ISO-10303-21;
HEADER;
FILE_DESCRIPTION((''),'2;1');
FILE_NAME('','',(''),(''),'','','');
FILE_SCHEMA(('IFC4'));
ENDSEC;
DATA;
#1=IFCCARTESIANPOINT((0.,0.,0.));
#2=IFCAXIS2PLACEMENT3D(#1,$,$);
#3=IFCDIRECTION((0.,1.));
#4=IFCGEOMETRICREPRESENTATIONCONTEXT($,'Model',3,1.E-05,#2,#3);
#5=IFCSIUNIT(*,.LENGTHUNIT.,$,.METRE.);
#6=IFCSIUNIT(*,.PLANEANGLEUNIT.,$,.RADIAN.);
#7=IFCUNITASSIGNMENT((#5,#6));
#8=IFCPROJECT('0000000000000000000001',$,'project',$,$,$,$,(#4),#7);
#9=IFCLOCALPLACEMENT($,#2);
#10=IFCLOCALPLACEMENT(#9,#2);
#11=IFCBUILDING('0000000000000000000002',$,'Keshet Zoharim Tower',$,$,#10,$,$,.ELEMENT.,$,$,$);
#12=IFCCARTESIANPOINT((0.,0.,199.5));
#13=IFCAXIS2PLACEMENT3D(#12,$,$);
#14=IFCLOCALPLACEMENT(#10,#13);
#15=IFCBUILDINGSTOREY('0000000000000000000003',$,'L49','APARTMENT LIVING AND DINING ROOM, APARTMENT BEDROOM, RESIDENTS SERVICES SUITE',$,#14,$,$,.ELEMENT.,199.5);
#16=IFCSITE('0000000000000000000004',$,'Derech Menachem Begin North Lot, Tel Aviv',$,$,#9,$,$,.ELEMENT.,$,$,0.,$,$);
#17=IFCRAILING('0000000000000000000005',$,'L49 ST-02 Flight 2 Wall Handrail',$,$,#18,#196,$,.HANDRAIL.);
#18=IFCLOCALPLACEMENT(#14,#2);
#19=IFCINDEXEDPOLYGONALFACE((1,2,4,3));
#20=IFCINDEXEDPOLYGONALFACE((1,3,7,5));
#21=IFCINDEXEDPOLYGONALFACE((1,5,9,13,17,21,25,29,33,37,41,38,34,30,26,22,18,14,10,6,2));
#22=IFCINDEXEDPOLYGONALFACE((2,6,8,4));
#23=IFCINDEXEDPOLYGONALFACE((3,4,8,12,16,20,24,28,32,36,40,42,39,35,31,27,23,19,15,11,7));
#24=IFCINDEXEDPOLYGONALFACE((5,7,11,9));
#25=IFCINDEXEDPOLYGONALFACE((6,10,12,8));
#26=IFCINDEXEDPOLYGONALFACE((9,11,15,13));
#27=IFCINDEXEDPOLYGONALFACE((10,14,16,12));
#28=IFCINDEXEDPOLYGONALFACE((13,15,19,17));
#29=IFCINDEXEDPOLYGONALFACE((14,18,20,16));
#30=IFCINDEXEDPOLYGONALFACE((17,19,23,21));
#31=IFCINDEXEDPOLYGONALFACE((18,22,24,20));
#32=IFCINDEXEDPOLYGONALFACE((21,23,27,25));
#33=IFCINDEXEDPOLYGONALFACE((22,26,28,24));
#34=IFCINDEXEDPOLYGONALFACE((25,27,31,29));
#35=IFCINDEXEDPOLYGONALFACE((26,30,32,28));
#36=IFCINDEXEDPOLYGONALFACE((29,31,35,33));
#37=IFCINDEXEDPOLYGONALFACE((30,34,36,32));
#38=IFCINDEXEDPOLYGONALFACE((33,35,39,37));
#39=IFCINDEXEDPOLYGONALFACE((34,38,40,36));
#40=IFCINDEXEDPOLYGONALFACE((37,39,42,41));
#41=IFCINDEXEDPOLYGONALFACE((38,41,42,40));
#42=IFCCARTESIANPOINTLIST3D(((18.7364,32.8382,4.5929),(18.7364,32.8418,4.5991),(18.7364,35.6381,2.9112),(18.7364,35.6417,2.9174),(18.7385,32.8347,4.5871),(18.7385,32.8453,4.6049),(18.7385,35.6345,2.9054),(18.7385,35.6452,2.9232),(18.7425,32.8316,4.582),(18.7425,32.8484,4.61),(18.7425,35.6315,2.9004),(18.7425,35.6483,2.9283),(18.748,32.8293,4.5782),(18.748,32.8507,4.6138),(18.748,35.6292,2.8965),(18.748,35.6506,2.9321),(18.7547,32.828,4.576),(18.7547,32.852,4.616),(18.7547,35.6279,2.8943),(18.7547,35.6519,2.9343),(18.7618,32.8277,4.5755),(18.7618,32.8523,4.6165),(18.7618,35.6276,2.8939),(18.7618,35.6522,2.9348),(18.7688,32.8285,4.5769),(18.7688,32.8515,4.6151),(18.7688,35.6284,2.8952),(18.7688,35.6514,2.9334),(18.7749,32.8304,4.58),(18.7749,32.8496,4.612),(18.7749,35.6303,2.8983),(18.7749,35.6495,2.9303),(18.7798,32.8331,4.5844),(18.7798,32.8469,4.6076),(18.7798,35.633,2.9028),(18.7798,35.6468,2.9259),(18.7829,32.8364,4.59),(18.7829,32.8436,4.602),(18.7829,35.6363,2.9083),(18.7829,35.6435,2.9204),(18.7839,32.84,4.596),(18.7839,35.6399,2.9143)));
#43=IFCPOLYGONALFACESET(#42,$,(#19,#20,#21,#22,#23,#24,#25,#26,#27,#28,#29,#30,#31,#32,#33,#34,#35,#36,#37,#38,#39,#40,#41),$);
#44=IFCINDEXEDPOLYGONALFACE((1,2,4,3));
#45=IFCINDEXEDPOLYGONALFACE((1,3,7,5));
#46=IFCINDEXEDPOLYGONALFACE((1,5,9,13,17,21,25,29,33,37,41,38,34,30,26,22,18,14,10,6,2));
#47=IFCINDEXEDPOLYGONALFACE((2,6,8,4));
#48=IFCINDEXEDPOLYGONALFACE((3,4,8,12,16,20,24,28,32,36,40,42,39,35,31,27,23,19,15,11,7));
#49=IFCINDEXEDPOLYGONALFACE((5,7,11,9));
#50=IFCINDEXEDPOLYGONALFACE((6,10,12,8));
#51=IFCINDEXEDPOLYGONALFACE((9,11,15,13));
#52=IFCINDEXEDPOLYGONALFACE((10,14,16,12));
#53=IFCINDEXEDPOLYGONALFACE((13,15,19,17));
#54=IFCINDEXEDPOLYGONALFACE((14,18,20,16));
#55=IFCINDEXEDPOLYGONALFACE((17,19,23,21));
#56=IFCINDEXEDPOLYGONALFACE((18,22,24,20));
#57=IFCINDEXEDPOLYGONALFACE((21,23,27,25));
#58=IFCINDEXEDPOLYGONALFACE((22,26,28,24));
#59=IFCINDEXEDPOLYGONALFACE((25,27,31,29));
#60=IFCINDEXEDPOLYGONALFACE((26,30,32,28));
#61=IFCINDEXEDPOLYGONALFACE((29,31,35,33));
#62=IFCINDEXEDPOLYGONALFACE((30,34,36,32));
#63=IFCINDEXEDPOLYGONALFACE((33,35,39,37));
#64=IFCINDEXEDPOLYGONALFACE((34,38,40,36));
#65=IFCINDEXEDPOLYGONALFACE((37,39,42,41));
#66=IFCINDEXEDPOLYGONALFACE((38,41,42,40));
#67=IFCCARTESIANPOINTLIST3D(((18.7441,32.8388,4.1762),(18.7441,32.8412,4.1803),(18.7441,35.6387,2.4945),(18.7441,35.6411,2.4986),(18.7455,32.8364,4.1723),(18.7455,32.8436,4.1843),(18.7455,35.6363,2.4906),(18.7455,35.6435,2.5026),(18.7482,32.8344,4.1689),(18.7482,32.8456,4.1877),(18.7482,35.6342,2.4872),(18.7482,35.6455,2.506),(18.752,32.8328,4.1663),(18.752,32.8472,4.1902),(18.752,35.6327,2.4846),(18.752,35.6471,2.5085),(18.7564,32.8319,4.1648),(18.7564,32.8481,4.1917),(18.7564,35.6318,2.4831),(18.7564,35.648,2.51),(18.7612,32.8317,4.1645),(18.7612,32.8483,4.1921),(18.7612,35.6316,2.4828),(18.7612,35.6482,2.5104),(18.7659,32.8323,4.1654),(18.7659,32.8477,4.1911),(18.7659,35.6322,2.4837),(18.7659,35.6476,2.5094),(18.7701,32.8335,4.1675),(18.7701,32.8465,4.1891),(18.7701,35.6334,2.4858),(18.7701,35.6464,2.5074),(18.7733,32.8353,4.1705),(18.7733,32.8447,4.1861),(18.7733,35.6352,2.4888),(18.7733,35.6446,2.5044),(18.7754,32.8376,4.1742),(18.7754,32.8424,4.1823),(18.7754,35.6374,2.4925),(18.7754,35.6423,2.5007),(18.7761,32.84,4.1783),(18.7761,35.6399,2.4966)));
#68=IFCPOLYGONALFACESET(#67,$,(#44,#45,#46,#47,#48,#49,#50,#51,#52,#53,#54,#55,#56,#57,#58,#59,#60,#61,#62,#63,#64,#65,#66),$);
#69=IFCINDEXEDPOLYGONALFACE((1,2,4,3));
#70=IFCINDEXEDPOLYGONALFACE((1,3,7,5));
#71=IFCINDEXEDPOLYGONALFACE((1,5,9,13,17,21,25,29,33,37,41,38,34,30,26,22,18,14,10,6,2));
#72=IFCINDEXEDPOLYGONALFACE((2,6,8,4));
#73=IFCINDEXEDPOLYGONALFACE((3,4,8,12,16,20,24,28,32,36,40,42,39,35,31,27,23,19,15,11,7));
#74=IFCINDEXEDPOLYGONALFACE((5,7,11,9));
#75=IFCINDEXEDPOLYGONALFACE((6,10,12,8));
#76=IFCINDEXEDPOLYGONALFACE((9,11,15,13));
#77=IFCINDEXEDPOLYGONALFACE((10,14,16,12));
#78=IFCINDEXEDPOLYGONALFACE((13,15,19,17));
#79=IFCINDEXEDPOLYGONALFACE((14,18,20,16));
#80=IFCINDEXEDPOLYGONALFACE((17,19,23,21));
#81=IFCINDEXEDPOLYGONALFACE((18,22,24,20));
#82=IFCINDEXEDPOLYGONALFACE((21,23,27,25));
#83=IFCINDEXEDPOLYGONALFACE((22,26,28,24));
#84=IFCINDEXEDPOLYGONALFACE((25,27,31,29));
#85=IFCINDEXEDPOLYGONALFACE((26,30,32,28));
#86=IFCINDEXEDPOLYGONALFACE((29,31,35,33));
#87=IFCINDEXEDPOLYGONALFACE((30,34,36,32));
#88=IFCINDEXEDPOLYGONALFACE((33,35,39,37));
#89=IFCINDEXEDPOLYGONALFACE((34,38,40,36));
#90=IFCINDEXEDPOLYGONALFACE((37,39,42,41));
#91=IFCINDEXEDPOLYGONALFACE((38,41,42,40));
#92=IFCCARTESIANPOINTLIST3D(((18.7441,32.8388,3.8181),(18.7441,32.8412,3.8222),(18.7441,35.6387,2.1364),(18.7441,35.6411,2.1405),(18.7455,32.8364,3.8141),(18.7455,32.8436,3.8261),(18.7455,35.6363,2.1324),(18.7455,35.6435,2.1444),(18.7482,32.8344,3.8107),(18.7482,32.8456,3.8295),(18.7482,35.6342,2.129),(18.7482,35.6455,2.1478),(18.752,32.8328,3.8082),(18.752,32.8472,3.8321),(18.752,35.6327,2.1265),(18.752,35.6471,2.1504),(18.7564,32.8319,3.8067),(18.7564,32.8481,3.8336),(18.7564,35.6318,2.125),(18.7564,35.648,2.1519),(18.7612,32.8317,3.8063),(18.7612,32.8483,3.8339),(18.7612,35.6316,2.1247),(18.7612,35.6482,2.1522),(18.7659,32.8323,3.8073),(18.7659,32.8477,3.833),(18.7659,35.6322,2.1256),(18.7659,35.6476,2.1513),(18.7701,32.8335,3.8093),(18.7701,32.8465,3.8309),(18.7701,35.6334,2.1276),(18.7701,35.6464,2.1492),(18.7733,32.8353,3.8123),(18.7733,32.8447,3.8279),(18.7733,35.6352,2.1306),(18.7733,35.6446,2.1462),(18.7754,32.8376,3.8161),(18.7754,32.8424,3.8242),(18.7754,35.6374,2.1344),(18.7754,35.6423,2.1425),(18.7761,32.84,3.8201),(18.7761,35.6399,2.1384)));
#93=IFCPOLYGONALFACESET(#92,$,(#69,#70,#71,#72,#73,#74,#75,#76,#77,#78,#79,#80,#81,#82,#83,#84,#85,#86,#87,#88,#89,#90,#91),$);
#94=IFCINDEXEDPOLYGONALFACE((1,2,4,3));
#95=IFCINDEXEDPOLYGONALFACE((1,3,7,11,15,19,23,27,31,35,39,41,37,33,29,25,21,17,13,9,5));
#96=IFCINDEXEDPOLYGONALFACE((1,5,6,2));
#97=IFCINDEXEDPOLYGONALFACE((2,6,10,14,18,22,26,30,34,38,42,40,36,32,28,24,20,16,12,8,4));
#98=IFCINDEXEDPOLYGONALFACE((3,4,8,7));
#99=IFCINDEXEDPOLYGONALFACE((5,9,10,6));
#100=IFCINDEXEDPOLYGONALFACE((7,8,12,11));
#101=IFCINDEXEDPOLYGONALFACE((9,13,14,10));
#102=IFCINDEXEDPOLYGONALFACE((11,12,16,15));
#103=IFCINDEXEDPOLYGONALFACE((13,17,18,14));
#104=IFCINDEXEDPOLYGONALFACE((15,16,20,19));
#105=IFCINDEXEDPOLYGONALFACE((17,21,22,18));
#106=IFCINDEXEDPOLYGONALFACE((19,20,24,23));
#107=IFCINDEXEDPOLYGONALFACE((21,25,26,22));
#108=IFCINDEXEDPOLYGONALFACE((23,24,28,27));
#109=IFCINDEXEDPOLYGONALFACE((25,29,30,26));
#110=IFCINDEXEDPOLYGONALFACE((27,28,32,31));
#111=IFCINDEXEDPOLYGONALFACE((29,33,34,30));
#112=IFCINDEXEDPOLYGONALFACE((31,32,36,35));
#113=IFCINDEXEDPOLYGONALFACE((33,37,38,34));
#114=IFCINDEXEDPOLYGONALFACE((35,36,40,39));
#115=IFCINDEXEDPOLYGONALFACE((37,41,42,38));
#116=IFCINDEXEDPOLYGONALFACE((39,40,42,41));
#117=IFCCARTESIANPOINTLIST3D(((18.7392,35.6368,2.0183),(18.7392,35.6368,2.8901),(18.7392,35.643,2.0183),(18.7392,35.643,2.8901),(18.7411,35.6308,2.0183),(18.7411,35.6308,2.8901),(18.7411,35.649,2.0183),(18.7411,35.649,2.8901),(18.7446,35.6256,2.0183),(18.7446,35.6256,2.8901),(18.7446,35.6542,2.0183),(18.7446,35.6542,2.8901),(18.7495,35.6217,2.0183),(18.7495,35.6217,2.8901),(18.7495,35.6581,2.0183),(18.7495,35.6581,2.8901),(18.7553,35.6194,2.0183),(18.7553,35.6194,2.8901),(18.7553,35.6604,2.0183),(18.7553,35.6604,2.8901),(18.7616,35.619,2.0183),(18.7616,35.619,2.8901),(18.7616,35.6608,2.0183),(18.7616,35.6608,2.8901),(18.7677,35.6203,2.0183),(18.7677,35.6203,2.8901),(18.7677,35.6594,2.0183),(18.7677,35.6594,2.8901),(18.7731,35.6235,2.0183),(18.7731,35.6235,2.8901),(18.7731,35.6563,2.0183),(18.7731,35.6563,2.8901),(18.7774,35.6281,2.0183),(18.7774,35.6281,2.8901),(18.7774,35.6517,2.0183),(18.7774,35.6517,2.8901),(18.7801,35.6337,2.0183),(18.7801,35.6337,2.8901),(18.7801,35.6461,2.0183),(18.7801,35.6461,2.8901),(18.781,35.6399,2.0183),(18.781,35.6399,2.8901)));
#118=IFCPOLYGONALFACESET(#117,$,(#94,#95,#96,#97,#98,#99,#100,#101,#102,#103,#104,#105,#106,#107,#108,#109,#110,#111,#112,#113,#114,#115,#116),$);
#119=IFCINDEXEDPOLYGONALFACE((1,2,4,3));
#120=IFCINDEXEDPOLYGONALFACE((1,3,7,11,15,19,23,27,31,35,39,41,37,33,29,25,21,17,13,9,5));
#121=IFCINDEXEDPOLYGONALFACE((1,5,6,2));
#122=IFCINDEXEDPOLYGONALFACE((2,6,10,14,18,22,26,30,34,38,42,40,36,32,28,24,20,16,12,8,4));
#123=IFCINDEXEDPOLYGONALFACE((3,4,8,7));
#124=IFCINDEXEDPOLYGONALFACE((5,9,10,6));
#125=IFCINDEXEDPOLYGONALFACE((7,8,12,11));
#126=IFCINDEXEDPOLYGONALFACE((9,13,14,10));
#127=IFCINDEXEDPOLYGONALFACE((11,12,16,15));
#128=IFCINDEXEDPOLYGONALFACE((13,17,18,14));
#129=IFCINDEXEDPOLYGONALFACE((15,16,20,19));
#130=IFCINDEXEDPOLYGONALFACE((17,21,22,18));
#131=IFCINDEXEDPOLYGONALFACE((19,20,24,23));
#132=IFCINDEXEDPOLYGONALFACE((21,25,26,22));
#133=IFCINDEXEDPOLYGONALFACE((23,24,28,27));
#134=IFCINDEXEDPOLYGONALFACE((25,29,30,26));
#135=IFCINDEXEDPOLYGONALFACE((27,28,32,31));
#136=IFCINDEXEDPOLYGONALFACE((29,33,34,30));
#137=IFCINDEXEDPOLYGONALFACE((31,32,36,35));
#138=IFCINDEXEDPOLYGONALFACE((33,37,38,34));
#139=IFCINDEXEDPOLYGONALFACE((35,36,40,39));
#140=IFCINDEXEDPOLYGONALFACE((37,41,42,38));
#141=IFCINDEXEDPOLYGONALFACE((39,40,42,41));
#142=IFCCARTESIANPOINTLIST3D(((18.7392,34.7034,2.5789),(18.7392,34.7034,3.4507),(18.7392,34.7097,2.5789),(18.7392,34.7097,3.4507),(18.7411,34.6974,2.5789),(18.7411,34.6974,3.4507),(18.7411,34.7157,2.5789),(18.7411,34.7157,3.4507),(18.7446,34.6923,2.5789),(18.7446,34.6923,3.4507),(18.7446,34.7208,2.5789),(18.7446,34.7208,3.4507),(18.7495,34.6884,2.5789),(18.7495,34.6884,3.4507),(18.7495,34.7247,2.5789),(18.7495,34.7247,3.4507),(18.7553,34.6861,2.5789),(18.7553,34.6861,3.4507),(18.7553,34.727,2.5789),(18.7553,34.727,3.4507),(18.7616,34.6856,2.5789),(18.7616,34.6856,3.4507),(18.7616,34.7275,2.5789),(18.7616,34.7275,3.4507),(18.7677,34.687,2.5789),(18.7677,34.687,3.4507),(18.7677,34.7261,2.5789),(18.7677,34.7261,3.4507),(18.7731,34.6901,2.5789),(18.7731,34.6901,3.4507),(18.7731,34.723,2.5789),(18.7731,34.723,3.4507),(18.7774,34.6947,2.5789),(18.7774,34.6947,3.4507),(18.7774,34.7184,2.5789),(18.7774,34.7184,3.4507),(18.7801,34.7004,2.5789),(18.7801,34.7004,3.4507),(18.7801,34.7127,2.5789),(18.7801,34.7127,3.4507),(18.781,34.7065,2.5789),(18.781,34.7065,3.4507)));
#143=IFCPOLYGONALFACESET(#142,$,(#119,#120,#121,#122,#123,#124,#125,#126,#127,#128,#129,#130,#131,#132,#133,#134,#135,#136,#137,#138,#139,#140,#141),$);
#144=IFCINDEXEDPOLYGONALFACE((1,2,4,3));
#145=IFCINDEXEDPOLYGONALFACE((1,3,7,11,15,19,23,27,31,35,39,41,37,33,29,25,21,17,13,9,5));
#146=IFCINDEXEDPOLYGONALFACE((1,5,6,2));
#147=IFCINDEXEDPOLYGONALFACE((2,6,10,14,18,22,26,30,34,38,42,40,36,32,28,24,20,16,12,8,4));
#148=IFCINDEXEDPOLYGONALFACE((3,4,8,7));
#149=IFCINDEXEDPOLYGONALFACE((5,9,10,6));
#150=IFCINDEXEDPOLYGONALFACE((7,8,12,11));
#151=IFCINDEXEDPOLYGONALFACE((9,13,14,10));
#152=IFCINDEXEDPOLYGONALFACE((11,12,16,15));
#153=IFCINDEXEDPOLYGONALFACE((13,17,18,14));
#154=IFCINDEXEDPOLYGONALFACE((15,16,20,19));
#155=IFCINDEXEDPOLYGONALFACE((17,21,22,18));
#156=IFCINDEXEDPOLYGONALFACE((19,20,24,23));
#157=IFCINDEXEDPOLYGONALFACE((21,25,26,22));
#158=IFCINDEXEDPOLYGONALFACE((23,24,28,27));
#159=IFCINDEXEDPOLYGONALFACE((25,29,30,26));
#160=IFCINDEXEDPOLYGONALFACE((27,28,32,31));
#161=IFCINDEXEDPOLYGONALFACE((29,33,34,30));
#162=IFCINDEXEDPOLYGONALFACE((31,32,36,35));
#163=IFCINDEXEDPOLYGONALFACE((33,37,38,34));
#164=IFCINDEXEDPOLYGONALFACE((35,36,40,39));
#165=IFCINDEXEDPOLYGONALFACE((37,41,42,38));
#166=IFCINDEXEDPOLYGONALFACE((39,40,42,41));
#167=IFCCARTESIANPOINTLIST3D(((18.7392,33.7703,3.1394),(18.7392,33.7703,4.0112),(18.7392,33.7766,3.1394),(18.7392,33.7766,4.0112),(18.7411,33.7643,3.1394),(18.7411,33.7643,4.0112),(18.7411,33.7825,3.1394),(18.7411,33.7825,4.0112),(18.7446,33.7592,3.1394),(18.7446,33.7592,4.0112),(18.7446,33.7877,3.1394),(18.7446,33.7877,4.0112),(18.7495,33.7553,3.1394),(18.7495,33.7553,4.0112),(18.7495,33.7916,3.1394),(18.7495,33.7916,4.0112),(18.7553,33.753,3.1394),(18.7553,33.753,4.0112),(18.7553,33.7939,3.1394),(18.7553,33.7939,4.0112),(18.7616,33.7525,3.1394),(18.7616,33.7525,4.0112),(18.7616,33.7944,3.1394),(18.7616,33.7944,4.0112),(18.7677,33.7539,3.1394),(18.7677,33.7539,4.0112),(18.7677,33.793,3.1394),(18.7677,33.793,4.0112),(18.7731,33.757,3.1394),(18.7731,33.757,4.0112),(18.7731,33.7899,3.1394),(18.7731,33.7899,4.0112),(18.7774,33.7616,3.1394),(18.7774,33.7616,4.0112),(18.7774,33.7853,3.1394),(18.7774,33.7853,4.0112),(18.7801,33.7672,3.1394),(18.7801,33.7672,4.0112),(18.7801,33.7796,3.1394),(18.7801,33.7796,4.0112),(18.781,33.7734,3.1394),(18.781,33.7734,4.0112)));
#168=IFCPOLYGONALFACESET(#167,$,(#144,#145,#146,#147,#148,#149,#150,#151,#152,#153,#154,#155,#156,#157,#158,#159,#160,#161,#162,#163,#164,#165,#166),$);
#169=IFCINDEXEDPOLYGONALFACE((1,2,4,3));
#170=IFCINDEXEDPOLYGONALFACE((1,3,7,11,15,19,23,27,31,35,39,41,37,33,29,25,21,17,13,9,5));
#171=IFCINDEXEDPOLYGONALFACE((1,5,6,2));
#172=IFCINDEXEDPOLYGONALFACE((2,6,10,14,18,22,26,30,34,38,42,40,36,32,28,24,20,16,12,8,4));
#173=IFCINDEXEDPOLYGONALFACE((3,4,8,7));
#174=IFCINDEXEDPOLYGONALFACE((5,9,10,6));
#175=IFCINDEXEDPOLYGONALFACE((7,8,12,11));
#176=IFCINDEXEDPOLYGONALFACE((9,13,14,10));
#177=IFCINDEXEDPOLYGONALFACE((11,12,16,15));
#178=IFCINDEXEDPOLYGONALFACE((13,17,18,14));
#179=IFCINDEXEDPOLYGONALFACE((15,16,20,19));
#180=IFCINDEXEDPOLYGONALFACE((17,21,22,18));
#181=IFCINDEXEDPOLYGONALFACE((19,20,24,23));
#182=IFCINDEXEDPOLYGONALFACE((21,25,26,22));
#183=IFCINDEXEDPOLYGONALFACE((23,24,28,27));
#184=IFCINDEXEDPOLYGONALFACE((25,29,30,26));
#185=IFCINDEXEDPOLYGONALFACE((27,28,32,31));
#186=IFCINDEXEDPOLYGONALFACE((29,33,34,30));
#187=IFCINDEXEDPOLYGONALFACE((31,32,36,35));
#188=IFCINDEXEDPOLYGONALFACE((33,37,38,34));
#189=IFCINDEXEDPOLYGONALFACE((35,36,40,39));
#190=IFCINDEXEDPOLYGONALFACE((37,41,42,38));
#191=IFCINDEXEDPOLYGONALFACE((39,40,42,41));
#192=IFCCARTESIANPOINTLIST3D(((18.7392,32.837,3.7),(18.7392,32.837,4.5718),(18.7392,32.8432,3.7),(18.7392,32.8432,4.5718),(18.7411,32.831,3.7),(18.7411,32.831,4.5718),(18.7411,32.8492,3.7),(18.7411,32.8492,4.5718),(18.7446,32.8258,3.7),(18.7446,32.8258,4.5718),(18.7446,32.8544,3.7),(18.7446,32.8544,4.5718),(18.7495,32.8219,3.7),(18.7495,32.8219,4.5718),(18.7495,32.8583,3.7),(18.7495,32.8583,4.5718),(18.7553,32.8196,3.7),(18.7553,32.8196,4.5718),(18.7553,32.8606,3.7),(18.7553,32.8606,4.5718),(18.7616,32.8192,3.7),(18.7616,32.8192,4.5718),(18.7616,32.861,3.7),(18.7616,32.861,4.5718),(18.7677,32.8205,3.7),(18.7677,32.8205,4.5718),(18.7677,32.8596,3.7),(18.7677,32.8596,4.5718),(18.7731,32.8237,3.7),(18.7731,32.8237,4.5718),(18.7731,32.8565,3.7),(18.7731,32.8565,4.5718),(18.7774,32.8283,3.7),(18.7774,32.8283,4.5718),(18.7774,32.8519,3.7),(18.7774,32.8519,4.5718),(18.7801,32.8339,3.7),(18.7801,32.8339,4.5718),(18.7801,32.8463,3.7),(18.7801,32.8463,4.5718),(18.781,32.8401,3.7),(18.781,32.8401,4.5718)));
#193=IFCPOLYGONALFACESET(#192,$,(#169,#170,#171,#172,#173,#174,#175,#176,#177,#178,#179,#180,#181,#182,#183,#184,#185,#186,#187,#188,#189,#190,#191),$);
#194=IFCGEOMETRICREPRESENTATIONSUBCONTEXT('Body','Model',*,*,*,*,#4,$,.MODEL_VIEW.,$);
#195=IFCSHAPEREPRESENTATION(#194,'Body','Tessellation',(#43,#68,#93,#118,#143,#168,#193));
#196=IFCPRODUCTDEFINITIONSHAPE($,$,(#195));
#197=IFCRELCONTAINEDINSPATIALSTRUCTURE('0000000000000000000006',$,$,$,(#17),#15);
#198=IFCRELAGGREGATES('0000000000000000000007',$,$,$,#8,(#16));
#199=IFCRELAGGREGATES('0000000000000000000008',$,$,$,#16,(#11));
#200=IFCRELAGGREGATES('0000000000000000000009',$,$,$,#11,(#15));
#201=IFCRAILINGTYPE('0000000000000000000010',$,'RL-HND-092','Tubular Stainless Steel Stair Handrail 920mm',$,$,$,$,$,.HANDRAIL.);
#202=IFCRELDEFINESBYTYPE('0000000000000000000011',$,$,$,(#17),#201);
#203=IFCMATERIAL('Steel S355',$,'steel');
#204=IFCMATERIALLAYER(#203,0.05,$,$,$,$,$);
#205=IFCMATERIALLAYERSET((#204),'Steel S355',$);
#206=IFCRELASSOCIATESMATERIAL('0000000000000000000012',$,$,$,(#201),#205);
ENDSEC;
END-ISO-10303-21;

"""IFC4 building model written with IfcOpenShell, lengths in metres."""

from ifc_helpers import new_model, si_unit, direction, frame, origin, origin_2d, place, context, subcontext, project, spatial, circle, extrude, material, layer, layer_set, type_object, element, save


model = new_model("IFC4")

# Units and contexts
model_context = context("Model", 3, precision=1e-05, world=origin(), true_north=direction((0.0, 1.0)))
body_context = subcontext(model_context, "Body", "Model", "MODEL_VIEW")
ifc_project = project(units=[si_unit("LENGTHUNIT", "METRE"), si_unit("PLANEANGLEUNIT", "RADIAN")], contexts=[model_context])

# Site, building, storey
site_placement = place(None, origin())
site = spatial("IfcSite", under=ifc_project, at=site_placement, Name="Derech Menachem Begin North Lot, Tel Aviv", CompositionType="ELEMENT", RefElevation=0.0)
building_placement = place(site_placement, origin())
building = spatial("IfcBuilding", under=site, at=building_placement, Name="Keshet Zoharim Tower", CompositionType="ELEMENT")
storey_placement = place(building_placement, frame((0.0, 0.0, 199.5)))
storey = spatial("IfcBuildingStorey", under=building, at=storey_placement, Name="L49", Description="APARTMENT LIVING AND DINING ROOM, APARTMENT BEDROOM, RESIDENTS SERVICES SUITE", CompositionType="ELEMENT", Elevation=199.5)

# Shared definitions
ifc_material_1 = material(Name="Steel S355", Category="steel")

# Railing
ifc_layer_1 = layer(ifc_material_1, 0.05)
ifc_layer_set_1 = layer_set([ifc_layer_1], Name="Steel S355")
railing_type_1 = type_object("IfcRailingType", Name="RL-HND-092", Description="Tubular Stainless Steel Stair Handrail 920mm", PredefinedType="HANDRAIL", material=ifc_layer_set_1)
railing_1_placement = place(storey_placement, frame((18.76, 35.6399, 2.0183)))
element("IfcRailing", 1, at=railing_1_placement, inside=storey, type_object=railing_type_1, Name="L49 ST-02 Flight 2 Wall Handrail", PredefinedType="HANDRAIL", context=body_context, shape_type="SweptSolid", body=[
    extrude(circle(Radius=0.0239, at=origin_2d()), frame((0.0, 0.0, 0.896), z_axis=(0.0, -0.857255, 0.514891), x_axis=(1.0, 0.0, 0.0)), (0.0, 0.0, 1.0), 3.2661),
    extrude(circle(Radius=0.0161, at=origin_2d()), frame((0.0, 0.0, 0.4783), z_axis=(0.0, -0.857255, 0.514891), x_axis=(1.0, 0.0, 0.0)), (0.0, 0.0, 1.0), 3.2661),
    extrude(circle(Radius=0.0161, at=origin_2d()), frame((0.0, 0.0, 0.1201), z_axis=(0.0, -0.857255, 0.514891), x_axis=(1.0, 0.0, 0.0)), (0.0, 0.0, 1.0), 3.2661),
    extrude(circle(Radius=0.021, at=origin_2d()), origin(), (0.0, 0.0, 1.0), 0.8718),
    extrude(circle(Radius=0.021, at=origin_2d()), frame((0.0, -0.9333, 0.5605)), (0.0, 0.0, 1.0), 0.8718),
    extrude(circle(Radius=0.021, at=origin_2d()), frame((0.0, -1.8665, 1.1211)), (0.0, 0.0, 1.0), 0.8718),
    extrude(circle(Radius=0.021, at=origin_2d()), frame((0.0, -2.7998, 1.6816)), (0.0, 0.0, 1.0), 0.8718),
])

save(model, "model.ifc")
